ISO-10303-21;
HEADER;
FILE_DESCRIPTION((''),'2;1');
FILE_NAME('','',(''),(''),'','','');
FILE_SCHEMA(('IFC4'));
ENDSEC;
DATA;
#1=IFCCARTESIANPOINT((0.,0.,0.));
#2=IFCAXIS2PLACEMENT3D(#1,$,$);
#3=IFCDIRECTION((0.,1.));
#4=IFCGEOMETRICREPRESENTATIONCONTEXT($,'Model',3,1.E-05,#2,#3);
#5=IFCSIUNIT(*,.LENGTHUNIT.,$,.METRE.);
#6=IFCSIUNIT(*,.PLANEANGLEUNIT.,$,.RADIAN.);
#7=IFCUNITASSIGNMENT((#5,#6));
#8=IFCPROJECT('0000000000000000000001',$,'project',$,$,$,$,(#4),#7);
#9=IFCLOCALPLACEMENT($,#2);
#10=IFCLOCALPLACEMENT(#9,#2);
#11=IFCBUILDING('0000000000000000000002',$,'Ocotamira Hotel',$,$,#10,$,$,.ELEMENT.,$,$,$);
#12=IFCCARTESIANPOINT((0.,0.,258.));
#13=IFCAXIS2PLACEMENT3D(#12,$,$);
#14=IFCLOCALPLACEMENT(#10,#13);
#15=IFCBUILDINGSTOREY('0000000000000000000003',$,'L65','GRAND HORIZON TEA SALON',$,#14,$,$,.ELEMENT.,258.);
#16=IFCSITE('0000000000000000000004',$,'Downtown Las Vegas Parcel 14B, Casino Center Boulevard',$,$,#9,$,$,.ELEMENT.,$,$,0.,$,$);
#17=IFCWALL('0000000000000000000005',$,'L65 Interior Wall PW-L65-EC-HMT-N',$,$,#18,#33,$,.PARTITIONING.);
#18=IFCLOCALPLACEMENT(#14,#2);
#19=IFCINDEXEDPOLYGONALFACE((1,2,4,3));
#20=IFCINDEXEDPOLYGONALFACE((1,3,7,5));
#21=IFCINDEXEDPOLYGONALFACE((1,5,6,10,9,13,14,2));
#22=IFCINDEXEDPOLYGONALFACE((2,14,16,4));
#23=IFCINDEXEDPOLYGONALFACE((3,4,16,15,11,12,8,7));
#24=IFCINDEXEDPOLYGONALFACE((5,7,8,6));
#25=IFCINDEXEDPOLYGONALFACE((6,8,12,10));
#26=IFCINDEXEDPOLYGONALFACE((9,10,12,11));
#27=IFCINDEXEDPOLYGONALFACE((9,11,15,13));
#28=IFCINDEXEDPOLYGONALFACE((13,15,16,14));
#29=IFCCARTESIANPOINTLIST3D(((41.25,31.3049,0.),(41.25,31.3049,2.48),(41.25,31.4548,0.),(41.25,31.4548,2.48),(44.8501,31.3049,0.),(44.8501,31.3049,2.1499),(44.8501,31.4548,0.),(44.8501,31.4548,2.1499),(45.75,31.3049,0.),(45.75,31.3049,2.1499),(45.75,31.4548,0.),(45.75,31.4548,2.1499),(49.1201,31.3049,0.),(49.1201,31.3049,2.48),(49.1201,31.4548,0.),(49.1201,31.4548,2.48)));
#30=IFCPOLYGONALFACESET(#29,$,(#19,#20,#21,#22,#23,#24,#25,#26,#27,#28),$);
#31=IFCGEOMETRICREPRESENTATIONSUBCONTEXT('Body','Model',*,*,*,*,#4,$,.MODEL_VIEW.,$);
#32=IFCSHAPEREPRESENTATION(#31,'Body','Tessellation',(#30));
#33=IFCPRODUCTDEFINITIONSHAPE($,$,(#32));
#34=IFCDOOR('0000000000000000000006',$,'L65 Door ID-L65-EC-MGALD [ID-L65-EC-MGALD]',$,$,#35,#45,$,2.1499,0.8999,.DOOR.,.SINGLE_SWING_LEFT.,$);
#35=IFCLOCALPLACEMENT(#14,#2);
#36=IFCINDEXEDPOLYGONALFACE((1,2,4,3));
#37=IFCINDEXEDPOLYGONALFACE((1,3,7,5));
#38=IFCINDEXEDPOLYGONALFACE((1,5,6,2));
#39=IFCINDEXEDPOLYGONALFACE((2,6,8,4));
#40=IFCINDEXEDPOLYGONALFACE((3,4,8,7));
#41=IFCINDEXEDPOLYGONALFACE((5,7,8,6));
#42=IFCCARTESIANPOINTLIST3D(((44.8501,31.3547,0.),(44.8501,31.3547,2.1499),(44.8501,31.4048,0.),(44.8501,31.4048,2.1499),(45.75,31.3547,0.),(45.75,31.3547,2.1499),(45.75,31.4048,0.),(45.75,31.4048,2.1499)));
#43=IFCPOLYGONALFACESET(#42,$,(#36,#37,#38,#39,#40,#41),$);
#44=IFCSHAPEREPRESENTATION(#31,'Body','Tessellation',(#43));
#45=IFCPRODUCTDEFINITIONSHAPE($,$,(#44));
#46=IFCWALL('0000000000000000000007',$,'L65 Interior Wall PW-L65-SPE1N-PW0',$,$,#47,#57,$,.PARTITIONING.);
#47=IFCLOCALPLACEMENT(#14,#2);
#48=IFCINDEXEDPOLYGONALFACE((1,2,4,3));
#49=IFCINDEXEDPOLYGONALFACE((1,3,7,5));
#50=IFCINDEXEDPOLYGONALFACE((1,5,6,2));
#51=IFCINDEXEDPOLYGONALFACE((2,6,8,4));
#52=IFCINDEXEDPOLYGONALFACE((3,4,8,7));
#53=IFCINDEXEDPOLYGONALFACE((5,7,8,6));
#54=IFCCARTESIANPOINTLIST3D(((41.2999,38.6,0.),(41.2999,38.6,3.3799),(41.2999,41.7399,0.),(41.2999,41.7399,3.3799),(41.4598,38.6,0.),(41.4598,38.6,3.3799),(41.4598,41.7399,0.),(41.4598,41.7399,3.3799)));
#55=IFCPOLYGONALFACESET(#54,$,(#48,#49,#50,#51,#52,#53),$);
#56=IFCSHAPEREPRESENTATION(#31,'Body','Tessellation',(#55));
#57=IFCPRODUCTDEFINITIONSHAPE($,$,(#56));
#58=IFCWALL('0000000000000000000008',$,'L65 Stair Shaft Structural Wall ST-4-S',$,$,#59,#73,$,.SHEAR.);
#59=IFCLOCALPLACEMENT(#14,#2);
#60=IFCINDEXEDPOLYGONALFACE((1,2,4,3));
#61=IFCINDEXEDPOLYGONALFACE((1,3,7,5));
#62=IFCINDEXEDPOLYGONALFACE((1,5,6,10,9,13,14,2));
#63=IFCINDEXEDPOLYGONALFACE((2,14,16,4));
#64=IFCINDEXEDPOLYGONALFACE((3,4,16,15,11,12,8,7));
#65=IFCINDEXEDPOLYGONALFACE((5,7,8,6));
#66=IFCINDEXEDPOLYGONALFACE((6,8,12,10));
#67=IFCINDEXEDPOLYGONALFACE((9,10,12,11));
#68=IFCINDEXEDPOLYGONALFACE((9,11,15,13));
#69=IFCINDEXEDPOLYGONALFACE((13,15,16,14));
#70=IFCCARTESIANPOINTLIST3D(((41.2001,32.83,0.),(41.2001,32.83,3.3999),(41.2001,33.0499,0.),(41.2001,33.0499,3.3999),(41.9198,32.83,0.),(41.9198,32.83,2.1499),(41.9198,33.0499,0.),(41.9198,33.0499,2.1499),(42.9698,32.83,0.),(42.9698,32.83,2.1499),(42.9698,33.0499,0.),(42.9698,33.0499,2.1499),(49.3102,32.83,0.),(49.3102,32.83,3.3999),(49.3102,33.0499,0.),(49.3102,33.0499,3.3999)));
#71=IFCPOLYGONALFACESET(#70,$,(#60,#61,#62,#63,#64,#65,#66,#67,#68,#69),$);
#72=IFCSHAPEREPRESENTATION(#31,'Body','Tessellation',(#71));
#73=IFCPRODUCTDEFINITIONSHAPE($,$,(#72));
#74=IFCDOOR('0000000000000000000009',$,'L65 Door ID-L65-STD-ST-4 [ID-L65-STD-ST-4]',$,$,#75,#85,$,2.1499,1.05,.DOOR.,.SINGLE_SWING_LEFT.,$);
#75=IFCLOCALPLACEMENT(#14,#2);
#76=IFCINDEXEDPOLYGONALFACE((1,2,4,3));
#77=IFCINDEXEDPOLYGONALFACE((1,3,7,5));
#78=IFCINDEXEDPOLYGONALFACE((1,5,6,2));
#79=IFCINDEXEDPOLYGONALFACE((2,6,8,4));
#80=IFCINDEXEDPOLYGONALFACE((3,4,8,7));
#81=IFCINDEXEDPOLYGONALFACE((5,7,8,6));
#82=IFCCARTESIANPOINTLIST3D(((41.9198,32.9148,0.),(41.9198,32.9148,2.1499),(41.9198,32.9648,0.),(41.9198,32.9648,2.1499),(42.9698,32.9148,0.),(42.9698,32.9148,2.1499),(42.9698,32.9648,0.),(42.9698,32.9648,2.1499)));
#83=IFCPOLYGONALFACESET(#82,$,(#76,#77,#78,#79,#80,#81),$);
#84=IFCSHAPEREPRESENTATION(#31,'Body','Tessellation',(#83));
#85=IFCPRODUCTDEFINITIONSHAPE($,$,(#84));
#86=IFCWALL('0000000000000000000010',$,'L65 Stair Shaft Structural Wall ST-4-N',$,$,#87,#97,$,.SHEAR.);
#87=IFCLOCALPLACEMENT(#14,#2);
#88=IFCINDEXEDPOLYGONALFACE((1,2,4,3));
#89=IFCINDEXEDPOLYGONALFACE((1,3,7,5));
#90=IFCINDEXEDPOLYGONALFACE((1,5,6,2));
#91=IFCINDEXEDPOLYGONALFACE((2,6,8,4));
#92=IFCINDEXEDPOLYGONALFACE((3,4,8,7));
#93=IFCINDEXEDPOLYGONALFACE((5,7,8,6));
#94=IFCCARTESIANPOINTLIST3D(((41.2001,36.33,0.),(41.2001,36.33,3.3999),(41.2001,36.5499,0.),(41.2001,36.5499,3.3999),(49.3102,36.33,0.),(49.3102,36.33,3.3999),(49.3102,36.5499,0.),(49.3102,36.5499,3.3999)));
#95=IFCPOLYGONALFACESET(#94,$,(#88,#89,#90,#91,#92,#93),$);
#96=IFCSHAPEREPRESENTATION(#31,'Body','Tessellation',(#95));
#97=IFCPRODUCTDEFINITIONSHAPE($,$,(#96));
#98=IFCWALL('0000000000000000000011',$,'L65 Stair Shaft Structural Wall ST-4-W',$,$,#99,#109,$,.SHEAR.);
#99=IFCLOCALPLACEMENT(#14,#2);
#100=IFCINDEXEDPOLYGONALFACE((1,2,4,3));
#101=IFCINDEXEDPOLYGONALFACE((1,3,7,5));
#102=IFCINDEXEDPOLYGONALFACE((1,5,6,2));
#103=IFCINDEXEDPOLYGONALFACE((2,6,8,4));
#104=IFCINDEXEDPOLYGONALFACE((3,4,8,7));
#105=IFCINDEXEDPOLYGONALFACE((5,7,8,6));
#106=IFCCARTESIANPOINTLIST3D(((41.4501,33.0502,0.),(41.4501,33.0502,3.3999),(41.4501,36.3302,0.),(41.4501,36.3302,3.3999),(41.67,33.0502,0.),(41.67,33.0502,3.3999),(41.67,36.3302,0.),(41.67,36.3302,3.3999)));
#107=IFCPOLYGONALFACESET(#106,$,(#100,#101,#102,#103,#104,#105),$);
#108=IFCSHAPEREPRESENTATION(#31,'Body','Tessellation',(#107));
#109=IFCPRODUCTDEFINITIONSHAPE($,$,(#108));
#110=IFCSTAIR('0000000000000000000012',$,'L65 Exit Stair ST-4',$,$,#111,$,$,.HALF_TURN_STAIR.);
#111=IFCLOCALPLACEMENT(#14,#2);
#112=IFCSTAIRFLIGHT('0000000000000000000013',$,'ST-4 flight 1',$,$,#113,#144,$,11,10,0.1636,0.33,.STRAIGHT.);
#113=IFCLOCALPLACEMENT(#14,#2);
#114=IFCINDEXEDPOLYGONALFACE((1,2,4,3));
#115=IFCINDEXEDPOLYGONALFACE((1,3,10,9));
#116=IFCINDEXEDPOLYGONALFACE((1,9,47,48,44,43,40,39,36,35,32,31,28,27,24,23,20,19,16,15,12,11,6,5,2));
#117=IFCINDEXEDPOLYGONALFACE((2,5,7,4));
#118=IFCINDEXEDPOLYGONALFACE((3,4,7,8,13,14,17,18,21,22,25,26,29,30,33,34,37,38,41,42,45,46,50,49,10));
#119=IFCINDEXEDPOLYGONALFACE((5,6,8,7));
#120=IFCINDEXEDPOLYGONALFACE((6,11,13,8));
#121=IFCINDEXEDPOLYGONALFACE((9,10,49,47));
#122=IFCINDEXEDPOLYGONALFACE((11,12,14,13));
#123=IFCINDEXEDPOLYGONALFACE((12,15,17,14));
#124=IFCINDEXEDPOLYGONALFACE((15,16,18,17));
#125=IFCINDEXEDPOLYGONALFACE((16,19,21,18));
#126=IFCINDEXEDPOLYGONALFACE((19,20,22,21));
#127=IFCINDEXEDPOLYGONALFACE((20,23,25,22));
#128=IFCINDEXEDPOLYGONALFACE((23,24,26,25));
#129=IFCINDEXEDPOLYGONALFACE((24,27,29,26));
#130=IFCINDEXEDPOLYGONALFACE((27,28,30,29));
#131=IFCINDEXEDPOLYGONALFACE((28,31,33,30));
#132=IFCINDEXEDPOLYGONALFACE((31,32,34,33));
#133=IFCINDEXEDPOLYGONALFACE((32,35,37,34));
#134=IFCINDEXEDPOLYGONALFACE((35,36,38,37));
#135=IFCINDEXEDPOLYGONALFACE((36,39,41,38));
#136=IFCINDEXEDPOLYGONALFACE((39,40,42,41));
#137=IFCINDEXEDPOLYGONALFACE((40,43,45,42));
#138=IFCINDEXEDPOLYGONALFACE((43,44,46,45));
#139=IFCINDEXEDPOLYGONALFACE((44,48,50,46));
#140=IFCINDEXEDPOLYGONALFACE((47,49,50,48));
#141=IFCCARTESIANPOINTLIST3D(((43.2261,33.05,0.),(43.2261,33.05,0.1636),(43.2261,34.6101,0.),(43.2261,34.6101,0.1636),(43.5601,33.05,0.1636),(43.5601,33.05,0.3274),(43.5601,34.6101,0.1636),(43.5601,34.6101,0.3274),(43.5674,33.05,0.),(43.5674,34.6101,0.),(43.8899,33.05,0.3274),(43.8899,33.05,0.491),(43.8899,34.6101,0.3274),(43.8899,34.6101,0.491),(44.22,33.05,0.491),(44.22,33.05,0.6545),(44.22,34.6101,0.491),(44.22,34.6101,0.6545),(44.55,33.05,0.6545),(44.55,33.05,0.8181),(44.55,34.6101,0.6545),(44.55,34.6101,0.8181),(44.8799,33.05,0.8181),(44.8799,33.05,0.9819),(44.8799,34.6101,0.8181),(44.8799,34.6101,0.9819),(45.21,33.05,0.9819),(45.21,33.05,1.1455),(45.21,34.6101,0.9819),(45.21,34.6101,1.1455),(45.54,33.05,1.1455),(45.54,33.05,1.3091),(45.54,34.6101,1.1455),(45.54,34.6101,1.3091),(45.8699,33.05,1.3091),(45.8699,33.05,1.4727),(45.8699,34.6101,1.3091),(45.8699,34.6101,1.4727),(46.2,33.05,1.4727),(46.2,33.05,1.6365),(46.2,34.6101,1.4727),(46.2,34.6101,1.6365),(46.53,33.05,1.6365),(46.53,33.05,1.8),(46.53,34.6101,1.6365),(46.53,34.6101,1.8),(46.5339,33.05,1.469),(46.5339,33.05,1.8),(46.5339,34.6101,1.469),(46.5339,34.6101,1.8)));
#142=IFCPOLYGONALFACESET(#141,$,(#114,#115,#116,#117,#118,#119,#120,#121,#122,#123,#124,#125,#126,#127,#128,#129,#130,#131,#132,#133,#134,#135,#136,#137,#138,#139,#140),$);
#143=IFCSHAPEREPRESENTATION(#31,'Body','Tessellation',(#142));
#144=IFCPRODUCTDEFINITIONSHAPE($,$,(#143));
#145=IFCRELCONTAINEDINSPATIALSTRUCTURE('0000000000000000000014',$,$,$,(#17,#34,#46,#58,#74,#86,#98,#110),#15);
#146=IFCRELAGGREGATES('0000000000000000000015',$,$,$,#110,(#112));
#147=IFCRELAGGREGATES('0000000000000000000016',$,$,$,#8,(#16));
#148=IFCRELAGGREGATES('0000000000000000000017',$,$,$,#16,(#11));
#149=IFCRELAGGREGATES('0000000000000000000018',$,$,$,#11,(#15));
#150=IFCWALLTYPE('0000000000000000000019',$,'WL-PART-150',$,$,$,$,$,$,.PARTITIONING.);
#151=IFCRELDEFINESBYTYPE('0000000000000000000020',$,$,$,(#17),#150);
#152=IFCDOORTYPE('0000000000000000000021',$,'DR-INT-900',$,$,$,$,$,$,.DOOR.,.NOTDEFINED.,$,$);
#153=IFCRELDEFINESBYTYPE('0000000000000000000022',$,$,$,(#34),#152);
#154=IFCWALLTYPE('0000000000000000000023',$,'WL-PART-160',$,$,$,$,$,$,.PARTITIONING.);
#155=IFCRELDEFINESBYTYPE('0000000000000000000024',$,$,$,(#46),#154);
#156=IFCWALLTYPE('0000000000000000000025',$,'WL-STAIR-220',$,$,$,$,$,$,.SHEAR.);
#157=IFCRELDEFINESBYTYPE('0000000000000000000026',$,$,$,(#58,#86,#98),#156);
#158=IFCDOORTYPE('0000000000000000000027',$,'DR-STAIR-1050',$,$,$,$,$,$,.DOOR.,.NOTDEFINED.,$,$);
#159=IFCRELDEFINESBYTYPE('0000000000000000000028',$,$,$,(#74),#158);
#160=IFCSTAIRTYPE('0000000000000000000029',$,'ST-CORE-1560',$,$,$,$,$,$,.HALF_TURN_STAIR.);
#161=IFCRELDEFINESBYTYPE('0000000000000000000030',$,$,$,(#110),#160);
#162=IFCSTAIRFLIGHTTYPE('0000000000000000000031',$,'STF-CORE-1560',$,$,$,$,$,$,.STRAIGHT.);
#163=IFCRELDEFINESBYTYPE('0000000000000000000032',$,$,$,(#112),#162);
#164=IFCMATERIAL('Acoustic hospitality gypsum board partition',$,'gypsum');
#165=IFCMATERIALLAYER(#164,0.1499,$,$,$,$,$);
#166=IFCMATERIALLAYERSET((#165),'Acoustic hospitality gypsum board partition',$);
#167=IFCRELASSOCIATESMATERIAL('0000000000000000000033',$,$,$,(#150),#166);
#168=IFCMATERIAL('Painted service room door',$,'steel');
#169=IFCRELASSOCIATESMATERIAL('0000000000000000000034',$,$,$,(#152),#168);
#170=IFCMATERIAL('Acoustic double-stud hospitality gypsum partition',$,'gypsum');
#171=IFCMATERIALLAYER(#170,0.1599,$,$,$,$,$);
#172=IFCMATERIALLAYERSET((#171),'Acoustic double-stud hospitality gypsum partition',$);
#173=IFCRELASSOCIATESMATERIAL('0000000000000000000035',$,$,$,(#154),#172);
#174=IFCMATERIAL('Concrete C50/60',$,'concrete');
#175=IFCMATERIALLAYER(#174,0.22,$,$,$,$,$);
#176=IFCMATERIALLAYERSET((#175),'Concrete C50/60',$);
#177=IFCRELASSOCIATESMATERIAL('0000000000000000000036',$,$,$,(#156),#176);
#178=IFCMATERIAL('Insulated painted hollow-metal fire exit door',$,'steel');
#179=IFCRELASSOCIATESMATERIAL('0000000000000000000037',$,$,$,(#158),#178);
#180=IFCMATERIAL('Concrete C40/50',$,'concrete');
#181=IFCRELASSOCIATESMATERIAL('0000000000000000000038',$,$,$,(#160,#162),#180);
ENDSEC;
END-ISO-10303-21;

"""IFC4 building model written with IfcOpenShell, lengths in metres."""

from ifc_helpers import new_model, si_unit, direction, frame, frame_2d, origin, place, context, subcontext, project, spatial, polyline, rectangle, outline, extrude, source, transform, mapped, material, layer, layer_set, type_object, element, fill, aggregate, save


model = new_model("IFC4")

# Units and contexts
model_context = context("Model", 3, precision=1e-05, world=origin(), true_north=direction((0.0, 1.0)))
body_context = subcontext(model_context, "Body", "Model", "MODEL_VIEW")
ifc_project = project(units=[si_unit("LENGTHUNIT", "METRE"), si_unit("PLANEANGLEUNIT", "RADIAN")], contexts=[model_context])

# Site, building, storey
site_placement = place(None, origin())
site = spatial("IfcSite", under=ifc_project, at=site_placement, Name="Downtown Las Vegas Parcel 14B, Casino Center Boulevard", CompositionType="ELEMENT", RefElevation=0.0)
building_placement = place(site_placement, origin())
building = spatial("IfcBuilding", under=site, at=building_placement, Name="Ocotamira Hotel", CompositionType="ELEMENT")
storey_placement = place(building_placement, frame((0.0, 0.0, 258.0)))
storey = spatial("IfcBuildingStorey", under=building, at=storey_placement, Name="L65", Description="GRAND HORIZON TEA SALON", CompositionType="ELEMENT", Elevation=258.0)

# Shared definitions
ifc_material_1 = material(Name="Concrete C50/60", Category="concrete")

# Wall, opening, door
ifc_material_2 = material(Name="Acoustic hospitality gypsum board partition", Category="gypsum")
ifc_layer_1 = layer(ifc_material_2, 0.1499)
ifc_layer_set_1 = layer_set([ifc_layer_1], Name="Acoustic hospitality gypsum board partition")
wall_type_1 = type_object("IfcWallType", Name="WL-PART-150", PredefinedType="PARTITIONING", material=ifc_layer_set_1)
wall_1_placement = place(storey_placement, frame((41.25, 31.3799, 0.0), z_axis=(0.0, 0.0, 1.0), x_axis=(1.0, 0.0, 0.0)))
wall_1 = element("IfcWall", 1, at=wall_1_placement, inside=storey, type_object=wall_type_1, Name="L65 Interior Wall PW-L65-EC-HMT-N", PredefinedType="PARTITIONING", context=body_context, shape_type="SweptSolid", body=[
    extrude(rectangle(XDim=7.8701, YDim=0.1499, at=frame_2d((3.9351, 0.0))), origin(), (0.0, 0.0, 1.0), 2.48),
])
opening_1_placement = place(wall_1_placement, frame((3.6001, 0.0, 0.0)))
opening_1 = element("IfcOpeningElement", 2, at=opening_1_placement, cuts=wall_1, PredefinedType="OPENING", context=body_context, shape_type="SweptSolid", body=[
    extrude(rectangle(XDim=0.8999, YDim=2.1499, at=frame_2d((0.45, 1.075))), frame((0.0, 0.085, 0.0), z_axis=(0.0, -1.0, 0.0), x_axis=(1.0, 0.0, 0.0)), (0.0, 0.0, 1.0), 0.1699),
])
ifc_material_3 = material(Name="Painted service room door", Category="steel")
door_type_1 = type_object("IfcDoorType", Name="DR-INT-900", OperationType="NOTDEFINED", PredefinedType="DOOR", material=ifc_material_3)
shared_shape_1 = source(origin(), body_context, "Body", "SweptSolid", [
    extrude(rectangle(XDim=0.8999, YDim=2.1499, at=frame_2d((0.45, 1.075))), frame((0.0, 0.0249, 0.0), z_axis=(0.0, -1.0, 0.0), x_axis=(1.0, 0.0, 0.0)), (0.0, 0.0, 1.0), 0.05),
])
door_1_placement = place(opening_1_placement, origin())
door_1 = element("IfcDoor", 3, at=door_1_placement, inside=storey, type_object=door_type_1, Name="L65 Door ID-L65-EC-MGALD [ID-L65-EC-MGALD]", OperationType="SINGLE_SWING_LEFT", OverallHeight=2.1499, OverallWidth=0.8999, PredefinedType="DOOR", context=body_context, shape_type="MappedRepresentation", body=[
    mapped(shared_shape_1, transform((0.0, 0.0, 0.0), scale=1.0)),
])
fill(opening_1, door_1)

# Wall
ifc_material_4 = material(Name="Acoustic double-stud hospitality gypsum partition", Category="gypsum")
ifc_layer_2 = layer(ifc_material_4, 0.1599)
ifc_layer_set_2 = layer_set([ifc_layer_2], Name="Acoustic double-stud hospitality gypsum partition")
wall_type_2 = type_object("IfcWallType", Name="WL-PART-160", PredefinedType="PARTITIONING", material=ifc_layer_set_2)
wall_2_placement = place(storey_placement, frame((41.3799, 38.6001, 0.0), z_axis=(0.0, 0.0, 1.0), x_axis=(0.0, 1.0, 0.0)))
element("IfcWall", 4, at=wall_2_placement, inside=storey, type_object=wall_type_2, Name="L65 Interior Wall PW-L65-SPE1N-PW0", PredefinedType="PARTITIONING", context=body_context, shape_type="SweptSolid", body=[
    extrude(rectangle(XDim=3.1399, YDim=0.1599, at=frame_2d((1.5698, 0.0))), origin(), (0.0, 0.0, 1.0), 3.3799),
])

# Wall, opening, door
ifc_layer_3 = layer(ifc_material_1, 0.22)
ifc_layer_set_3 = layer_set([ifc_layer_3], Name="Concrete C50/60")
wall_type_3 = type_object("IfcWallType", Name="WL-STAIR-220", PredefinedType="SHEAR", material=ifc_layer_set_3)
wall_3_placement = place(storey_placement, frame((41.2, 32.9399, 0.0), z_axis=(0.0, 0.0, 1.0), x_axis=(1.0, 0.0, 0.0)))
wall_3 = element("IfcWall", 5, at=wall_3_placement, inside=storey, type_object=wall_type_3, Name="L65 Stair Shaft Structural Wall ST-4-S", PredefinedType="SHEAR", context=body_context, shape_type="SweptSolid", body=[
    extrude(rectangle(XDim=8.1101, YDim=0.22, at=frame_2d((4.0552, 0.0))), origin(), (0.0, 0.0, 1.0), 3.3999),
])
opening_2_placement = place(wall_3_placement, frame((0.72, 0.0, 0.0)))
opening_2 = element("IfcOpeningElement", 6, at=opening_2_placement, cuts=wall_3, PredefinedType="OPENING", context=body_context, shape_type="SweptSolid", body=[
    extrude(rectangle(XDim=1.05, YDim=2.1499, at=frame_2d((0.5249, 1.075))), frame((0.0, 0.1201, 0.0), z_axis=(0.0, -1.0, 0.0), x_axis=(1.0, 0.0, 0.0)), (0.0, 0.0, 1.0), 0.24),
])
ifc_material_5 = material(Name="Insulated painted hollow-metal fire exit door", Category="steel")
door_type_2 = type_object("IfcDoorType", Name="DR-STAIR-1050", OperationType="NOTDEFINED", PredefinedType="DOOR", material=ifc_material_5)
shared_shape_2 = source(origin(), body_context, "Body", "SweptSolid", [
    extrude(rectangle(XDim=1.05, YDim=2.1499, at=frame_2d((0.5249, 1.075))), frame((0.0, 0.0249, 0.0), z_axis=(0.0, -1.0, 0.0), x_axis=(1.0, 0.0, 0.0)), (0.0, 0.0, 1.0), 0.05),
])
door_2_placement = place(opening_2_placement, origin())
door_2 = element("IfcDoor", 7, at=door_2_placement, inside=storey, type_object=door_type_2, Name="L65 Door ID-L65-STD-ST-4 [ID-L65-STD-ST-4]", OperationType="SINGLE_SWING_LEFT", OverallHeight=2.1499, OverallWidth=1.05, PredefinedType="DOOR", context=body_context, shape_type="MappedRepresentation", body=[
    mapped(shared_shape_2, transform((0.0, 0.0, 0.0), scale=1.0)),
])
fill(opening_2, door_2)

# Walls
wall_4_placement = place(storey_placement, frame((41.2, 36.4399, 0.0), z_axis=(0.0, 0.0, 1.0), x_axis=(1.0, 0.0, 0.0)))
element("IfcWall", 8, at=wall_4_placement, inside=storey, type_object=wall_type_3, Name="L65 Stair Shaft Structural Wall ST-4-N", PredefinedType="SHEAR", context=body_context, shape_type="SweptSolid", body=[
    extrude(rectangle(XDim=8.1101, YDim=0.22, at=frame_2d((4.0552, 0.0))), origin(), (0.0, 0.0, 1.0), 3.3999),
])
wall_5_placement = place(storey_placement, frame((41.5601, 33.05, 0.0), z_axis=(0.0, 0.0, 1.0), x_axis=(0.0, 1.0, 0.0)))
element("IfcWall", 9, at=wall_5_placement, inside=storey, type_object=wall_type_3, Name="L65 Stair Shaft Structural Wall ST-4-W", PredefinedType="SHEAR", context=body_context, shape_type="SweptSolid", body=[
    extrude(rectangle(XDim=3.28, YDim=0.22, at=frame_2d((1.6401, 0.0))), origin(), (0.0, 0.0, 1.0), 3.3999),
])

# Stair, stair flight
ifc_material_6 = material(Name="Concrete C40/50", Category="concrete")
stair_type = type_object("IfcStairType", Name="ST-CORE-1560", PredefinedType="HALF_TURN_STAIR", material=ifc_material_6)
stair_placement = place(storey_placement, origin())
stair = element("IfcStair", 10, at=stair_placement, inside=storey, type_object=stair_type, Name="L65 Exit Stair ST-4", PredefinedType="HALF_TURN_STAIR")
stair_flight_type = type_object("IfcStairFlightType", Name="STF-CORE-1560", PredefinedType="STRAIGHT", material=ifc_material_6)
shared_shape_3 = source(origin(), body_context, "Body", "SweptSolid", [
    extrude(outline(polyline([(-0.0039, 0.0), (-0.0039, 0.1636), (0.3301, 0.1636), (0.3301, 0.3274), (0.6599, 0.3274), (0.6599, 0.491), (0.99, 0.491), (0.99, 0.6545), (1.3201, 0.6545), (1.3201, 0.8181), (1.6499, 0.8181), (1.6499, 0.9819), (1.98, 0.9819), (1.98, 1.1455), (2.3101, 1.1455), (2.3101, 1.3091), (2.6399, 1.3091), (2.6399, 1.4727), (2.97, 1.4727), (2.97, 1.6365), (3.3, 1.6365), (3.3, 1.8), (3.304, 1.8), (3.304, 1.469), (0.3374, 0.0), (-0.0039, 0.0)])), frame((0.0, 0.78, 0.0), z_axis=(0.0, -1.0, 0.0), x_axis=(1.0, 0.0, 0.0)), (0.0, 0.0, 1.0), 1.5601),
])
stair_flight_placement = place(storey_placement, frame((43.23, 33.8301, 0.0), z_axis=(0.0, 0.0, 1.0), x_axis=(1.0, 0.0, 0.0)))
stair_flight = element("IfcStairFlight", 11, at=stair_flight_placement, type_object=stair_flight_type, Name="ST-4 flight 1", NumberOfRisers=11, NumberOfTreads=10, PredefinedType="STRAIGHT", RiserHeight=0.1636, TreadLength=0.33, context=body_context, shape_type="MappedRepresentation", body=[
    mapped(shared_shape_3, transform((0.0, 0.0, 0.0), scale=1.0)),
])
aggregate(stair, [stair_flight])

save(model, "model.ifc")
